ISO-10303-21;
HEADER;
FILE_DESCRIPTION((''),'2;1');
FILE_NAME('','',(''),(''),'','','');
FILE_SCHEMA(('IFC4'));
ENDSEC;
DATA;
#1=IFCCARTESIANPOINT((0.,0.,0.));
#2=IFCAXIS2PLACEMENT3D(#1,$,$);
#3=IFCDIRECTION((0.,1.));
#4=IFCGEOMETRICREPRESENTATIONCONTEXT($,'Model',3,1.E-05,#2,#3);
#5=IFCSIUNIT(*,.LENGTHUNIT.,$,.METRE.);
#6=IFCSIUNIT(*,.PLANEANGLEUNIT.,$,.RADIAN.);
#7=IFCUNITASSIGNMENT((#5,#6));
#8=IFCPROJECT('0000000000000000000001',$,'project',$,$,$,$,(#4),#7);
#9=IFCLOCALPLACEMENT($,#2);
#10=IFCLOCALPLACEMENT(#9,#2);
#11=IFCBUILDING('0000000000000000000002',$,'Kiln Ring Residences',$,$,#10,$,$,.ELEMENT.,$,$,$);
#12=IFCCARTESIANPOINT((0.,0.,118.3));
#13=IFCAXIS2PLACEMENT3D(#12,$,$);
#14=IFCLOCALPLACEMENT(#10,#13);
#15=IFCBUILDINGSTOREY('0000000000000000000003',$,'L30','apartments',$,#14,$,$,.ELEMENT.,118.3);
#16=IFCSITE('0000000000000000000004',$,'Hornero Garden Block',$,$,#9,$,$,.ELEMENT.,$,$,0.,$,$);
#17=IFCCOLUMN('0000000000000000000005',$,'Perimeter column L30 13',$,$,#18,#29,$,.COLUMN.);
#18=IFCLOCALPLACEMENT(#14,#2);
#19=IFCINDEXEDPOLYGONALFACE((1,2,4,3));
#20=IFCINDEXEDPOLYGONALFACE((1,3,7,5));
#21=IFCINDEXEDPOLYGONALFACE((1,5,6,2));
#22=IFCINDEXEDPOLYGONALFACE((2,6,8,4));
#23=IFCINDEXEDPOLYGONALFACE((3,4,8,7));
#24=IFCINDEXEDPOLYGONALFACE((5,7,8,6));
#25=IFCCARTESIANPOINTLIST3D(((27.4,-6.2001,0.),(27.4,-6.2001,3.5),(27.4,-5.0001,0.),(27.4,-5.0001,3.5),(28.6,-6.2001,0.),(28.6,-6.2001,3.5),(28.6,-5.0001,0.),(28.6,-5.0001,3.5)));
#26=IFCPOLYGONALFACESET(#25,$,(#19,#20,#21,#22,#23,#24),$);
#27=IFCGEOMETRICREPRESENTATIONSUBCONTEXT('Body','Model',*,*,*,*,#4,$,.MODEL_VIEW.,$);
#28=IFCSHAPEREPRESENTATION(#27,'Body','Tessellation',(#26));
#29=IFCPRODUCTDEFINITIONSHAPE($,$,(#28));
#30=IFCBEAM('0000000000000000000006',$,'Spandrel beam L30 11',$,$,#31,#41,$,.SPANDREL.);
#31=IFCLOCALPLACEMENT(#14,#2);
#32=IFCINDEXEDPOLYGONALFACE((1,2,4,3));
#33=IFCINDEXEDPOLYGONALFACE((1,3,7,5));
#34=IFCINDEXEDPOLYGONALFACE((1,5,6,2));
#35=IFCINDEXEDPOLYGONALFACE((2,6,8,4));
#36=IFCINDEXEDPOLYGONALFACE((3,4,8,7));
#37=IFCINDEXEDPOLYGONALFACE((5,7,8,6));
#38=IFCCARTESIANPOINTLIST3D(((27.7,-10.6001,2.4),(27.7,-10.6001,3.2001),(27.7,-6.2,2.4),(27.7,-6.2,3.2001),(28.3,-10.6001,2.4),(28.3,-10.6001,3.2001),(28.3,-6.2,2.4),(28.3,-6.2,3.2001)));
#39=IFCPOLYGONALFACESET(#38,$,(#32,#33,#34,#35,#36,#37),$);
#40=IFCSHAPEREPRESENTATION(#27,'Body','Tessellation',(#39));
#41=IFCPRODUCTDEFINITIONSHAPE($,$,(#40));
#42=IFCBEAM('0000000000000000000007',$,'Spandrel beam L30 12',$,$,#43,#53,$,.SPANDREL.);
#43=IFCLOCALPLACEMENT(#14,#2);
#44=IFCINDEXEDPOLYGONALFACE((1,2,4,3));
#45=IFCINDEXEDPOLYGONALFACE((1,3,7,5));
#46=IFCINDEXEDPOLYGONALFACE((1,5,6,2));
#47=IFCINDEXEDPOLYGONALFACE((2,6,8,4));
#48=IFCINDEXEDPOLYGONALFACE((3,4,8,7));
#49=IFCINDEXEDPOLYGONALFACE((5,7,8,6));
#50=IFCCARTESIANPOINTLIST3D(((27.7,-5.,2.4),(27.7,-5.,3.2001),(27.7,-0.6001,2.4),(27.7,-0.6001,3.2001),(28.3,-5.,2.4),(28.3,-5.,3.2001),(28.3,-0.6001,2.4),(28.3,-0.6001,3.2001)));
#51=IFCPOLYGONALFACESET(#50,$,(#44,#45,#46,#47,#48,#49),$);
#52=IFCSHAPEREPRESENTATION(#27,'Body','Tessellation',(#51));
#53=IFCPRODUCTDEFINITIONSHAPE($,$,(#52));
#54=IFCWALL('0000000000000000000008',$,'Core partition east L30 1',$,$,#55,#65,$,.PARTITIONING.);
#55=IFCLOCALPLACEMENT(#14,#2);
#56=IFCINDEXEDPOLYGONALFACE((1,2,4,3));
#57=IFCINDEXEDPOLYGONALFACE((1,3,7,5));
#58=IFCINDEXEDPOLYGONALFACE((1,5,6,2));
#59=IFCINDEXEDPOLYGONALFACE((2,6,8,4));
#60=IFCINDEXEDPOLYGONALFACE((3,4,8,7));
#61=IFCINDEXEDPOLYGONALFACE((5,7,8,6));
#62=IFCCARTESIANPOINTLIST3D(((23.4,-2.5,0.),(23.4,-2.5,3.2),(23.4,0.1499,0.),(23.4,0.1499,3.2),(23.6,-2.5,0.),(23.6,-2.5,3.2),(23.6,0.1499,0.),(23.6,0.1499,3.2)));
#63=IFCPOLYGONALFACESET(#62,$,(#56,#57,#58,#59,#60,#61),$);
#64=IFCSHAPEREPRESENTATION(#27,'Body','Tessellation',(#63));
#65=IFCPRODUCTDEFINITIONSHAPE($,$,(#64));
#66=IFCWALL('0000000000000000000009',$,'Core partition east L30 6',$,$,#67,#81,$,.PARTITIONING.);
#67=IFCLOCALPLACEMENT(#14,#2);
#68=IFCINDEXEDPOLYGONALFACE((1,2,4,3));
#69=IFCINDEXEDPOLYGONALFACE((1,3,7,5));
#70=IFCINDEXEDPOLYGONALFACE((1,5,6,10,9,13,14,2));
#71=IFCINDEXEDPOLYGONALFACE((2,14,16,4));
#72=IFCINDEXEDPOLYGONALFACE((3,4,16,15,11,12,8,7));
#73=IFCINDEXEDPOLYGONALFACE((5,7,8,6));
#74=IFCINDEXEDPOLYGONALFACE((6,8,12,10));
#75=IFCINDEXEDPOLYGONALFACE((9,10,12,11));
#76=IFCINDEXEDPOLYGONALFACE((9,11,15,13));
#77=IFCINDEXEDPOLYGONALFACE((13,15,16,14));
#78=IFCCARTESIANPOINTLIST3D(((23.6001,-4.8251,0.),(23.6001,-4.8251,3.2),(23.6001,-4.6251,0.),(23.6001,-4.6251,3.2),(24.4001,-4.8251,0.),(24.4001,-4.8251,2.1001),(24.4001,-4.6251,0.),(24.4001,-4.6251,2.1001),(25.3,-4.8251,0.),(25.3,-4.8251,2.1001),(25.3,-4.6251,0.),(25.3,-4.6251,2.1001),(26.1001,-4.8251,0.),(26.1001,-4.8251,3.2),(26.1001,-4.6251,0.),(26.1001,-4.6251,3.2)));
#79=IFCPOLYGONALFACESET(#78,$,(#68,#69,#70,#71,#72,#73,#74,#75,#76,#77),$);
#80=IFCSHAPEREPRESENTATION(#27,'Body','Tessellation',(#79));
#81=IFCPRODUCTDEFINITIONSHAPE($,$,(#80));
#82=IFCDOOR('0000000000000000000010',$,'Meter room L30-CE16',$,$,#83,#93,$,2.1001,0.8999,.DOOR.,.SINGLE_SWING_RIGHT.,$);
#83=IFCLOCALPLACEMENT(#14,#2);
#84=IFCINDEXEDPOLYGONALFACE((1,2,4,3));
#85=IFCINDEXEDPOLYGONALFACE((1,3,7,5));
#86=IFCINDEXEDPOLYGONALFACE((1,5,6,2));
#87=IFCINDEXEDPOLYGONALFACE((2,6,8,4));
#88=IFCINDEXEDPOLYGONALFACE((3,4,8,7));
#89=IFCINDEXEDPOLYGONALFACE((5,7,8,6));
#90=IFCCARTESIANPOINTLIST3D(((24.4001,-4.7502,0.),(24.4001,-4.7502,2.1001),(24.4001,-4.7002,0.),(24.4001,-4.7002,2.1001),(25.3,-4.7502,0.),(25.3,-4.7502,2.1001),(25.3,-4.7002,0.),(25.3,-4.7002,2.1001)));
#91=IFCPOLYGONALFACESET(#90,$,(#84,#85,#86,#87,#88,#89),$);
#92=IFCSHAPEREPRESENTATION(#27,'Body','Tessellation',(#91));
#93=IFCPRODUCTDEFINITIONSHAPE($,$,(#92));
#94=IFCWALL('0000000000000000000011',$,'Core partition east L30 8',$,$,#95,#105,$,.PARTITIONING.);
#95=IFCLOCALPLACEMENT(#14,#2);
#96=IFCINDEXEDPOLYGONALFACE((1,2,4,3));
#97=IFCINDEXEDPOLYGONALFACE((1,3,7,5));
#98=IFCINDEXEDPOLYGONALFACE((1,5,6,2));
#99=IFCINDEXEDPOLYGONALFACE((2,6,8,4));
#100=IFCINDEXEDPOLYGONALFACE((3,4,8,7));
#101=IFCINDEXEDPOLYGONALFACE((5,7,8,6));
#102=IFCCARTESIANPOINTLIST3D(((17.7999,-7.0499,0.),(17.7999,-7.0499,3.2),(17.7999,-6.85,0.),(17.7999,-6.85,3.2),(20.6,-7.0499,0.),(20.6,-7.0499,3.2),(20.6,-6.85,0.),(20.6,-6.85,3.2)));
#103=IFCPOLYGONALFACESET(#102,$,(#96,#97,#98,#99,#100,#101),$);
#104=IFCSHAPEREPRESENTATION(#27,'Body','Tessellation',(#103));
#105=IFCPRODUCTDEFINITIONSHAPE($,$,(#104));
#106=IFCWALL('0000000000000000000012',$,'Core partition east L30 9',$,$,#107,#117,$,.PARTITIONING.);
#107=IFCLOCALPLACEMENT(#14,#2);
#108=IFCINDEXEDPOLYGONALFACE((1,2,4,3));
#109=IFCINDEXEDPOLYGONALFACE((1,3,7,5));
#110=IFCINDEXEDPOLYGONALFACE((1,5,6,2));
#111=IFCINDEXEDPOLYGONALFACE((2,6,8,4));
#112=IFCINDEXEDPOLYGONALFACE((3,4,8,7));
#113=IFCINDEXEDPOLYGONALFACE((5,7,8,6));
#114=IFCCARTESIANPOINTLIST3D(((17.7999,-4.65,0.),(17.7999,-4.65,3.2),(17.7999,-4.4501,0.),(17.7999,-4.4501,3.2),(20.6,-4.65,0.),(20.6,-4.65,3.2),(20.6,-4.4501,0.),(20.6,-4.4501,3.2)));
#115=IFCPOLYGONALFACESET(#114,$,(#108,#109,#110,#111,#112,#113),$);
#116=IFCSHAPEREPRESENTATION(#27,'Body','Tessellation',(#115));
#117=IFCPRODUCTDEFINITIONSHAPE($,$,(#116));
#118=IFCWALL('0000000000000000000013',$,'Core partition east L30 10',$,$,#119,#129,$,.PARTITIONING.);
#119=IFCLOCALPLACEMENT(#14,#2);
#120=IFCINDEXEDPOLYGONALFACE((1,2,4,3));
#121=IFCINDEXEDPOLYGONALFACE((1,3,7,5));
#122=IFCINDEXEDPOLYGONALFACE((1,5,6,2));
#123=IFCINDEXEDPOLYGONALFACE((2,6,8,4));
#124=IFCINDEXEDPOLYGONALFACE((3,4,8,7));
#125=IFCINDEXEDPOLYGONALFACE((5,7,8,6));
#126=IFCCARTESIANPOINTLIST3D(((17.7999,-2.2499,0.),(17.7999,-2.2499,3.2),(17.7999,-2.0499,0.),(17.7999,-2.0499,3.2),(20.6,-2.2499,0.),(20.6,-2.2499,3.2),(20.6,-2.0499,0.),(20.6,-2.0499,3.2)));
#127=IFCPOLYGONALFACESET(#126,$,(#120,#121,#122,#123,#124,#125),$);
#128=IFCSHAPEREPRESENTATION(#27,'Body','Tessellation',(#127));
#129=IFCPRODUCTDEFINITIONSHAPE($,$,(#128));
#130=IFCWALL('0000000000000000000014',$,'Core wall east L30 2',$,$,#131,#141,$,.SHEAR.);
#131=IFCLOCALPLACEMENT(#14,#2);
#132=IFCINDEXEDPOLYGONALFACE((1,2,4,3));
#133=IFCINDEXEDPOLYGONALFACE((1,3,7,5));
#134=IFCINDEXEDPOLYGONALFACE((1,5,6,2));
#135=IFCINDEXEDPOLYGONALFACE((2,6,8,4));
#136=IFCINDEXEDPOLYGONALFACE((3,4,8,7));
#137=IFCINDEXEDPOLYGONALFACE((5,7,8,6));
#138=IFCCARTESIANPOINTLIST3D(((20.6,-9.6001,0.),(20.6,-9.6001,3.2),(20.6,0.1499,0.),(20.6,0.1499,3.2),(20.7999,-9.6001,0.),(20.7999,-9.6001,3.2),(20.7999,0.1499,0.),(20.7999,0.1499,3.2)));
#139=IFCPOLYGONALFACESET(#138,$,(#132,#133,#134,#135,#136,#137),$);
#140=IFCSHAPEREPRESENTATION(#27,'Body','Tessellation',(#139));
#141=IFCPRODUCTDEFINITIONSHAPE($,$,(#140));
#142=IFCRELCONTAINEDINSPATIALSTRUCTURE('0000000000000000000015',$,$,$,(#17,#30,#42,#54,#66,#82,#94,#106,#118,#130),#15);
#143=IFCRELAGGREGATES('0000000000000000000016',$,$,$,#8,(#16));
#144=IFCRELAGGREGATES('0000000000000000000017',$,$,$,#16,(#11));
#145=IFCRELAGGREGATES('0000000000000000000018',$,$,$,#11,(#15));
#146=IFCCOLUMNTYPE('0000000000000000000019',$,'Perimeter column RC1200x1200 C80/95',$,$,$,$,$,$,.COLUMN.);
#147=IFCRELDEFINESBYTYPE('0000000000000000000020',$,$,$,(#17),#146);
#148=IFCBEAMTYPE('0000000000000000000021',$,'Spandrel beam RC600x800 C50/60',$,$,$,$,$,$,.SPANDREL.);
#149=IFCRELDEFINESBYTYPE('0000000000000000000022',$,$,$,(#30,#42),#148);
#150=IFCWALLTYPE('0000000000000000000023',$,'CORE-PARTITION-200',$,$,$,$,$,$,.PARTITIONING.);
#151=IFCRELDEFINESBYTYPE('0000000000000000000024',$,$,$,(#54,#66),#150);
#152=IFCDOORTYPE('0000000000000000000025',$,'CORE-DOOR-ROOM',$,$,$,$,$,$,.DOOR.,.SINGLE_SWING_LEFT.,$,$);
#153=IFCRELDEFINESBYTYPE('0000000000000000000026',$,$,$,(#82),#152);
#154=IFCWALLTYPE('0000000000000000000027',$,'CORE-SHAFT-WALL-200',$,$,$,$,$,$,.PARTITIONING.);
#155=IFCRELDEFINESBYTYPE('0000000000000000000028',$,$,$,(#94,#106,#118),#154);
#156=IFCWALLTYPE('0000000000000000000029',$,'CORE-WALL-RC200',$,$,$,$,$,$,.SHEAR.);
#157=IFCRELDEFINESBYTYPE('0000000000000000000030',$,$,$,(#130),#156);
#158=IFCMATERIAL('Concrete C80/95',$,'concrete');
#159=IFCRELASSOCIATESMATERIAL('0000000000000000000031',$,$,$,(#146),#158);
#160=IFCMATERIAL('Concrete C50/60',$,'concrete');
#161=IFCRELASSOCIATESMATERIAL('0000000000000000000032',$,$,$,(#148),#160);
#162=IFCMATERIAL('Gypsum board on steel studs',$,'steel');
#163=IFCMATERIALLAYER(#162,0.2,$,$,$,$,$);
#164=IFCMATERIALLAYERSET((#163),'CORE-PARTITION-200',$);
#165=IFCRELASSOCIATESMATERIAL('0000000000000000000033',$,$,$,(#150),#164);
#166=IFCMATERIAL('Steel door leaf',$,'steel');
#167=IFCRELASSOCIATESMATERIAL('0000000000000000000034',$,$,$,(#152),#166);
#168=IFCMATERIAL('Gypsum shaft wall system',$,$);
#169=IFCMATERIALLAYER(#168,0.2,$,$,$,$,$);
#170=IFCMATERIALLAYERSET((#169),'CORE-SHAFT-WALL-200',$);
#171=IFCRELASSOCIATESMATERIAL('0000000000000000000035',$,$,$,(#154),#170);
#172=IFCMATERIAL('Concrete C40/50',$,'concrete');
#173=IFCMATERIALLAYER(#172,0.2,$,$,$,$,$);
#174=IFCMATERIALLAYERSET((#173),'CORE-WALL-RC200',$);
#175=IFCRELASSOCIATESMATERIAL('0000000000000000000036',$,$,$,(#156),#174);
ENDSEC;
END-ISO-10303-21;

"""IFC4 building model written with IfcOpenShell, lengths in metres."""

from ifc_helpers import new_model, si_unit, direction, frame, frame_2d, origin, origin_2d, place, context, subcontext, project, spatial, rectangle, extrude, material, layer, layer_set, material_profile, profile_set, type_object, element, fill, save


model = new_model("IFC4")

# Units and contexts
model_context = context("Model", 3, precision=1e-05, world=origin(), true_north=direction((0.0, 1.0)))
body_context = subcontext(model_context, "Body", "Model", "MODEL_VIEW")
ifc_project = project(units=[si_unit("LENGTHUNIT", "METRE"), si_unit("PLANEANGLEUNIT", "RADIAN")], contexts=[model_context])

# Site, building, storey
site_placement = place(None, origin())
site = spatial("IfcSite", under=ifc_project, at=site_placement, Name="Hornero Garden Block", CompositionType="ELEMENT", RefElevation=0.0)
building_placement = place(site_placement, origin())
building = spatial("IfcBuilding", under=site, at=building_placement, Name="Kiln Ring Residences", CompositionType="ELEMENT")
storey_placement = place(building_placement, frame((0.0, 0.0, 118.3)))
storey = spatial("IfcBuildingStorey", under=building, at=storey_placement, Name="L30", Description="apartments", CompositionType="ELEMENT", Elevation=118.3)

# Column
ifc_material_1 = material(Name="Concrete C80/95", Category="concrete")
ifc_material_profile_1 = material_profile(ifc_material_1, rectangle(XDim=1.2, YDim=1.2, at=origin_2d()), Name="RC1200x1200")
ifc_profile_set_1 = profile_set([ifc_material_profile_1], Name="Concrete C80/95")
column_type = type_object("IfcColumnType", Name="Perimeter column RC1200x1200 C80/95", PredefinedType="COLUMN", material=ifc_profile_set_1)
column_placement = place(storey_placement, frame((28.0, -5.6001, 0.0), z_axis=(0.0, 0.0, 1.0), x_axis=(1.0, 0.0, 0.0)))
element("IfcColumn", 1, at=column_placement, inside=storey, type_object=column_type, Name="Perimeter column L30 13", PredefinedType="COLUMN", context=body_context, shape_type="SweptSolid", body=[
    extrude(rectangle(XDim=1.2, YDim=1.2, at=origin_2d()), origin(), (0.0, 0.0, 1.0), 3.5),
])

# Beams
ifc_material_2 = material(Name="Concrete C50/60", Category="concrete")
ifc_material_profile_2 = material_profile(ifc_material_2, rectangle(XDim=0.6001, YDim=0.8, at=origin_2d()), Name="RC600x800")
ifc_profile_set_2 = profile_set([ifc_material_profile_2], Name="Concrete C50/60")
beam_type = type_object("IfcBeamType", Name="Spandrel beam RC600x800 C50/60", PredefinedType="SPANDREL", material=ifc_profile_set_2)
beam_1_placement = place(storey_placement, frame((28.0, -10.6001, 2.8), z_axis=(0.0, 1.0, 0.0), x_axis=(-1.0, 0.0, 0.0)))
element("IfcBeam", 2, at=beam_1_placement, inside=storey, type_object=beam_type, Name="Spandrel beam L30 11", PredefinedType="SPANDREL", context=body_context, shape_type="SweptSolid", body=[
    extrude(rectangle(XDim=0.6001, YDim=0.8, at=origin_2d()), origin(), (0.0, 0.0, 1.0), 4.4001),
])
beam_2_placement = place(storey_placement, frame((28.0, -5.0, 2.8), z_axis=(0.0, 1.0, 0.0), x_axis=(-1.0, 0.0, 0.0)))
element("IfcBeam", 3, at=beam_2_placement, inside=storey, type_object=beam_type, Name="Spandrel beam L30 12", PredefinedType="SPANDREL", context=body_context, shape_type="SweptSolid", body=[
    extrude(rectangle(XDim=0.6001, YDim=0.8, at=origin_2d()), origin(), (0.0, 0.0, 1.0), 4.3999),
])

# Wall
ifc_material_3 = material(Name="Gypsum board on steel studs", Category="steel")
ifc_layer_1 = layer(ifc_material_3, 0.2)
ifc_layer_set_1 = layer_set([ifc_layer_1], Name="CORE-PARTITION-200")
wall_type_1 = type_object("IfcWallType", Name="CORE-PARTITION-200", PredefinedType="PARTITIONING", material=ifc_layer_set_1)
wall_1_placement = place(storey_placement, frame((23.5, -2.5, 0.0), z_axis=(0.0, 0.0, 1.0), x_axis=(0.0, 1.0, 0.0)))
element("IfcWall", 4, at=wall_1_placement, inside=storey, type_object=wall_type_1, Name="Core partition east L30 1", PredefinedType="PARTITIONING", context=body_context, shape_type="SweptSolid", body=[
    extrude(rectangle(XDim=2.6499, YDim=0.2, at=frame_2d((1.325, 0.0))), origin(), (0.0, 0.0, 1.0), 3.2),
])

# Wall, opening, door
wall_2_placement = place(storey_placement, frame((23.6001, -4.7251, 0.0), z_axis=(0.0, 0.0, 1.0), x_axis=(1.0, 0.0, 0.0)))
wall_2 = element("IfcWall", 5, at=wall_2_placement, inside=storey, type_object=wall_type_1, Name="Core partition east L30 6", PredefinedType="PARTITIONING", context=body_context, shape_type="SweptSolid", body=[
    extrude(rectangle(XDim=2.5, YDim=0.2, at=frame_2d((1.25, 0.0))), origin(), (0.0, 0.0, 1.0), 3.2),
])
opening_1_placement = place(wall_2_placement, frame((0.8, 0.0, 0.0)))
opening_1 = element("IfcOpeningElement", 6, at=opening_1_placement, cuts=wall_2, PredefinedType="OPENING", context=body_context, shape_type="SweptSolid", body=[
    extrude(rectangle(XDim=0.8999, YDim=2.1001, at=frame_2d((0.45, 1.05))), frame((0.0, 0.1099, 0.0), z_axis=(0.0, -1.0, 0.0), x_axis=(1.0, 0.0, 0.0)), (0.0, 0.0, 1.0), 0.22),
])
ifc_material_4 = material(Name="Steel door leaf", Category="steel")
door_type_1 = type_object("IfcDoorType", Name="CORE-DOOR-ROOM", OperationType="SINGLE_SWING_LEFT", PredefinedType="DOOR", material=ifc_material_4)
door_1_placement = place(opening_1_placement, origin())
door_1 = element("IfcDoor", 7, at=door_1_placement, inside=storey, type_object=door_type_1, Name="Meter room L30-CE16", OperationType="SINGLE_SWING_RIGHT", OverallHeight=2.1001, OverallWidth=0.8999, PredefinedType="DOOR", context=body_context, shape_type="SweptSolid", body=[
    extrude(rectangle(XDim=0.8999, YDim=2.1001, at=frame_2d((0.45, 1.05))), frame((0.0, 0.0249, 0.0), z_axis=(0.0, -1.0, 0.0), x_axis=(1.0, 0.0, 0.0)), (0.0, 0.0, 1.0), 0.05),
])
fill(opening_1, door_1)

# Walls
ifc_material_5 = material(Name="Gypsum shaft wall system")
ifc_layer_2 = layer(ifc_material_5, 0.2)
ifc_layer_set_2 = layer_set([ifc_layer_2], Name="CORE-SHAFT-WALL-200")
wall_type_2 = type_object("IfcWallType", Name="CORE-SHAFT-WALL-200", PredefinedType="PARTITIONING", material=ifc_layer_set_2)
for number, where, z_axis, x_axis, name in (
    (8, (17.8, -6.95, 0.0), (0.0, 0.0, 1.0), (1.0, 0.0, 0.0), "Core partition east L30 8"),
    (9, (17.8, -4.55, 0.0), (0.0, 0.0, 1.0), (1.0, 0.0, 0.0), "Core partition east L30 9"),
    (10, (17.8, -2.1499, 0.0), (0.0, 0.0, 1.0), (1.0, 0.0, 0.0), "Core partition east L30 10"),
):
    element("IfcWall", number, at=place(storey_placement, frame(where, z_axis=z_axis, x_axis=x_axis)), inside=storey, type_object=wall_type_2, Name=name, PredefinedType="PARTITIONING", context=body_context, shape_type="SweptSolid", body=[
        extrude(rectangle(XDim=2.8, YDim=0.2, at=frame_2d((1.3999, 0.0))), origin(), (0.0, 0.0, 1.0), 3.2),
    ])
ifc_material_6 = material(Name="Concrete C40/50", Category="concrete")
ifc_layer_3 = layer(ifc_material_6, 0.2)
ifc_layer_set_3 = layer_set([ifc_layer_3], Name="CORE-WALL-RC200")
wall_type_3 = type_object("IfcWallType", Name="CORE-WALL-RC200", PredefinedType="SHEAR", material=ifc_layer_set_3)
wall_3_placement = place(storey_placement, frame((20.7, -9.6001, 0.0), z_axis=(0.0, 0.0, 1.0), x_axis=(0.0, 1.0, 0.0)))
element("IfcWall", 11, at=wall_3_placement, inside=storey, type_object=wall_type_3, Name="Core wall east L30 2", PredefinedType="SHEAR", context=body_context, shape_type="SweptSolid", body=[
    extrude(rectangle(XDim=9.75, YDim=0.2, at=frame_2d((4.875, 0.0))), origin(), (0.0, 0.0, 1.0), 3.2),
])

save(model, "model.ifc")
